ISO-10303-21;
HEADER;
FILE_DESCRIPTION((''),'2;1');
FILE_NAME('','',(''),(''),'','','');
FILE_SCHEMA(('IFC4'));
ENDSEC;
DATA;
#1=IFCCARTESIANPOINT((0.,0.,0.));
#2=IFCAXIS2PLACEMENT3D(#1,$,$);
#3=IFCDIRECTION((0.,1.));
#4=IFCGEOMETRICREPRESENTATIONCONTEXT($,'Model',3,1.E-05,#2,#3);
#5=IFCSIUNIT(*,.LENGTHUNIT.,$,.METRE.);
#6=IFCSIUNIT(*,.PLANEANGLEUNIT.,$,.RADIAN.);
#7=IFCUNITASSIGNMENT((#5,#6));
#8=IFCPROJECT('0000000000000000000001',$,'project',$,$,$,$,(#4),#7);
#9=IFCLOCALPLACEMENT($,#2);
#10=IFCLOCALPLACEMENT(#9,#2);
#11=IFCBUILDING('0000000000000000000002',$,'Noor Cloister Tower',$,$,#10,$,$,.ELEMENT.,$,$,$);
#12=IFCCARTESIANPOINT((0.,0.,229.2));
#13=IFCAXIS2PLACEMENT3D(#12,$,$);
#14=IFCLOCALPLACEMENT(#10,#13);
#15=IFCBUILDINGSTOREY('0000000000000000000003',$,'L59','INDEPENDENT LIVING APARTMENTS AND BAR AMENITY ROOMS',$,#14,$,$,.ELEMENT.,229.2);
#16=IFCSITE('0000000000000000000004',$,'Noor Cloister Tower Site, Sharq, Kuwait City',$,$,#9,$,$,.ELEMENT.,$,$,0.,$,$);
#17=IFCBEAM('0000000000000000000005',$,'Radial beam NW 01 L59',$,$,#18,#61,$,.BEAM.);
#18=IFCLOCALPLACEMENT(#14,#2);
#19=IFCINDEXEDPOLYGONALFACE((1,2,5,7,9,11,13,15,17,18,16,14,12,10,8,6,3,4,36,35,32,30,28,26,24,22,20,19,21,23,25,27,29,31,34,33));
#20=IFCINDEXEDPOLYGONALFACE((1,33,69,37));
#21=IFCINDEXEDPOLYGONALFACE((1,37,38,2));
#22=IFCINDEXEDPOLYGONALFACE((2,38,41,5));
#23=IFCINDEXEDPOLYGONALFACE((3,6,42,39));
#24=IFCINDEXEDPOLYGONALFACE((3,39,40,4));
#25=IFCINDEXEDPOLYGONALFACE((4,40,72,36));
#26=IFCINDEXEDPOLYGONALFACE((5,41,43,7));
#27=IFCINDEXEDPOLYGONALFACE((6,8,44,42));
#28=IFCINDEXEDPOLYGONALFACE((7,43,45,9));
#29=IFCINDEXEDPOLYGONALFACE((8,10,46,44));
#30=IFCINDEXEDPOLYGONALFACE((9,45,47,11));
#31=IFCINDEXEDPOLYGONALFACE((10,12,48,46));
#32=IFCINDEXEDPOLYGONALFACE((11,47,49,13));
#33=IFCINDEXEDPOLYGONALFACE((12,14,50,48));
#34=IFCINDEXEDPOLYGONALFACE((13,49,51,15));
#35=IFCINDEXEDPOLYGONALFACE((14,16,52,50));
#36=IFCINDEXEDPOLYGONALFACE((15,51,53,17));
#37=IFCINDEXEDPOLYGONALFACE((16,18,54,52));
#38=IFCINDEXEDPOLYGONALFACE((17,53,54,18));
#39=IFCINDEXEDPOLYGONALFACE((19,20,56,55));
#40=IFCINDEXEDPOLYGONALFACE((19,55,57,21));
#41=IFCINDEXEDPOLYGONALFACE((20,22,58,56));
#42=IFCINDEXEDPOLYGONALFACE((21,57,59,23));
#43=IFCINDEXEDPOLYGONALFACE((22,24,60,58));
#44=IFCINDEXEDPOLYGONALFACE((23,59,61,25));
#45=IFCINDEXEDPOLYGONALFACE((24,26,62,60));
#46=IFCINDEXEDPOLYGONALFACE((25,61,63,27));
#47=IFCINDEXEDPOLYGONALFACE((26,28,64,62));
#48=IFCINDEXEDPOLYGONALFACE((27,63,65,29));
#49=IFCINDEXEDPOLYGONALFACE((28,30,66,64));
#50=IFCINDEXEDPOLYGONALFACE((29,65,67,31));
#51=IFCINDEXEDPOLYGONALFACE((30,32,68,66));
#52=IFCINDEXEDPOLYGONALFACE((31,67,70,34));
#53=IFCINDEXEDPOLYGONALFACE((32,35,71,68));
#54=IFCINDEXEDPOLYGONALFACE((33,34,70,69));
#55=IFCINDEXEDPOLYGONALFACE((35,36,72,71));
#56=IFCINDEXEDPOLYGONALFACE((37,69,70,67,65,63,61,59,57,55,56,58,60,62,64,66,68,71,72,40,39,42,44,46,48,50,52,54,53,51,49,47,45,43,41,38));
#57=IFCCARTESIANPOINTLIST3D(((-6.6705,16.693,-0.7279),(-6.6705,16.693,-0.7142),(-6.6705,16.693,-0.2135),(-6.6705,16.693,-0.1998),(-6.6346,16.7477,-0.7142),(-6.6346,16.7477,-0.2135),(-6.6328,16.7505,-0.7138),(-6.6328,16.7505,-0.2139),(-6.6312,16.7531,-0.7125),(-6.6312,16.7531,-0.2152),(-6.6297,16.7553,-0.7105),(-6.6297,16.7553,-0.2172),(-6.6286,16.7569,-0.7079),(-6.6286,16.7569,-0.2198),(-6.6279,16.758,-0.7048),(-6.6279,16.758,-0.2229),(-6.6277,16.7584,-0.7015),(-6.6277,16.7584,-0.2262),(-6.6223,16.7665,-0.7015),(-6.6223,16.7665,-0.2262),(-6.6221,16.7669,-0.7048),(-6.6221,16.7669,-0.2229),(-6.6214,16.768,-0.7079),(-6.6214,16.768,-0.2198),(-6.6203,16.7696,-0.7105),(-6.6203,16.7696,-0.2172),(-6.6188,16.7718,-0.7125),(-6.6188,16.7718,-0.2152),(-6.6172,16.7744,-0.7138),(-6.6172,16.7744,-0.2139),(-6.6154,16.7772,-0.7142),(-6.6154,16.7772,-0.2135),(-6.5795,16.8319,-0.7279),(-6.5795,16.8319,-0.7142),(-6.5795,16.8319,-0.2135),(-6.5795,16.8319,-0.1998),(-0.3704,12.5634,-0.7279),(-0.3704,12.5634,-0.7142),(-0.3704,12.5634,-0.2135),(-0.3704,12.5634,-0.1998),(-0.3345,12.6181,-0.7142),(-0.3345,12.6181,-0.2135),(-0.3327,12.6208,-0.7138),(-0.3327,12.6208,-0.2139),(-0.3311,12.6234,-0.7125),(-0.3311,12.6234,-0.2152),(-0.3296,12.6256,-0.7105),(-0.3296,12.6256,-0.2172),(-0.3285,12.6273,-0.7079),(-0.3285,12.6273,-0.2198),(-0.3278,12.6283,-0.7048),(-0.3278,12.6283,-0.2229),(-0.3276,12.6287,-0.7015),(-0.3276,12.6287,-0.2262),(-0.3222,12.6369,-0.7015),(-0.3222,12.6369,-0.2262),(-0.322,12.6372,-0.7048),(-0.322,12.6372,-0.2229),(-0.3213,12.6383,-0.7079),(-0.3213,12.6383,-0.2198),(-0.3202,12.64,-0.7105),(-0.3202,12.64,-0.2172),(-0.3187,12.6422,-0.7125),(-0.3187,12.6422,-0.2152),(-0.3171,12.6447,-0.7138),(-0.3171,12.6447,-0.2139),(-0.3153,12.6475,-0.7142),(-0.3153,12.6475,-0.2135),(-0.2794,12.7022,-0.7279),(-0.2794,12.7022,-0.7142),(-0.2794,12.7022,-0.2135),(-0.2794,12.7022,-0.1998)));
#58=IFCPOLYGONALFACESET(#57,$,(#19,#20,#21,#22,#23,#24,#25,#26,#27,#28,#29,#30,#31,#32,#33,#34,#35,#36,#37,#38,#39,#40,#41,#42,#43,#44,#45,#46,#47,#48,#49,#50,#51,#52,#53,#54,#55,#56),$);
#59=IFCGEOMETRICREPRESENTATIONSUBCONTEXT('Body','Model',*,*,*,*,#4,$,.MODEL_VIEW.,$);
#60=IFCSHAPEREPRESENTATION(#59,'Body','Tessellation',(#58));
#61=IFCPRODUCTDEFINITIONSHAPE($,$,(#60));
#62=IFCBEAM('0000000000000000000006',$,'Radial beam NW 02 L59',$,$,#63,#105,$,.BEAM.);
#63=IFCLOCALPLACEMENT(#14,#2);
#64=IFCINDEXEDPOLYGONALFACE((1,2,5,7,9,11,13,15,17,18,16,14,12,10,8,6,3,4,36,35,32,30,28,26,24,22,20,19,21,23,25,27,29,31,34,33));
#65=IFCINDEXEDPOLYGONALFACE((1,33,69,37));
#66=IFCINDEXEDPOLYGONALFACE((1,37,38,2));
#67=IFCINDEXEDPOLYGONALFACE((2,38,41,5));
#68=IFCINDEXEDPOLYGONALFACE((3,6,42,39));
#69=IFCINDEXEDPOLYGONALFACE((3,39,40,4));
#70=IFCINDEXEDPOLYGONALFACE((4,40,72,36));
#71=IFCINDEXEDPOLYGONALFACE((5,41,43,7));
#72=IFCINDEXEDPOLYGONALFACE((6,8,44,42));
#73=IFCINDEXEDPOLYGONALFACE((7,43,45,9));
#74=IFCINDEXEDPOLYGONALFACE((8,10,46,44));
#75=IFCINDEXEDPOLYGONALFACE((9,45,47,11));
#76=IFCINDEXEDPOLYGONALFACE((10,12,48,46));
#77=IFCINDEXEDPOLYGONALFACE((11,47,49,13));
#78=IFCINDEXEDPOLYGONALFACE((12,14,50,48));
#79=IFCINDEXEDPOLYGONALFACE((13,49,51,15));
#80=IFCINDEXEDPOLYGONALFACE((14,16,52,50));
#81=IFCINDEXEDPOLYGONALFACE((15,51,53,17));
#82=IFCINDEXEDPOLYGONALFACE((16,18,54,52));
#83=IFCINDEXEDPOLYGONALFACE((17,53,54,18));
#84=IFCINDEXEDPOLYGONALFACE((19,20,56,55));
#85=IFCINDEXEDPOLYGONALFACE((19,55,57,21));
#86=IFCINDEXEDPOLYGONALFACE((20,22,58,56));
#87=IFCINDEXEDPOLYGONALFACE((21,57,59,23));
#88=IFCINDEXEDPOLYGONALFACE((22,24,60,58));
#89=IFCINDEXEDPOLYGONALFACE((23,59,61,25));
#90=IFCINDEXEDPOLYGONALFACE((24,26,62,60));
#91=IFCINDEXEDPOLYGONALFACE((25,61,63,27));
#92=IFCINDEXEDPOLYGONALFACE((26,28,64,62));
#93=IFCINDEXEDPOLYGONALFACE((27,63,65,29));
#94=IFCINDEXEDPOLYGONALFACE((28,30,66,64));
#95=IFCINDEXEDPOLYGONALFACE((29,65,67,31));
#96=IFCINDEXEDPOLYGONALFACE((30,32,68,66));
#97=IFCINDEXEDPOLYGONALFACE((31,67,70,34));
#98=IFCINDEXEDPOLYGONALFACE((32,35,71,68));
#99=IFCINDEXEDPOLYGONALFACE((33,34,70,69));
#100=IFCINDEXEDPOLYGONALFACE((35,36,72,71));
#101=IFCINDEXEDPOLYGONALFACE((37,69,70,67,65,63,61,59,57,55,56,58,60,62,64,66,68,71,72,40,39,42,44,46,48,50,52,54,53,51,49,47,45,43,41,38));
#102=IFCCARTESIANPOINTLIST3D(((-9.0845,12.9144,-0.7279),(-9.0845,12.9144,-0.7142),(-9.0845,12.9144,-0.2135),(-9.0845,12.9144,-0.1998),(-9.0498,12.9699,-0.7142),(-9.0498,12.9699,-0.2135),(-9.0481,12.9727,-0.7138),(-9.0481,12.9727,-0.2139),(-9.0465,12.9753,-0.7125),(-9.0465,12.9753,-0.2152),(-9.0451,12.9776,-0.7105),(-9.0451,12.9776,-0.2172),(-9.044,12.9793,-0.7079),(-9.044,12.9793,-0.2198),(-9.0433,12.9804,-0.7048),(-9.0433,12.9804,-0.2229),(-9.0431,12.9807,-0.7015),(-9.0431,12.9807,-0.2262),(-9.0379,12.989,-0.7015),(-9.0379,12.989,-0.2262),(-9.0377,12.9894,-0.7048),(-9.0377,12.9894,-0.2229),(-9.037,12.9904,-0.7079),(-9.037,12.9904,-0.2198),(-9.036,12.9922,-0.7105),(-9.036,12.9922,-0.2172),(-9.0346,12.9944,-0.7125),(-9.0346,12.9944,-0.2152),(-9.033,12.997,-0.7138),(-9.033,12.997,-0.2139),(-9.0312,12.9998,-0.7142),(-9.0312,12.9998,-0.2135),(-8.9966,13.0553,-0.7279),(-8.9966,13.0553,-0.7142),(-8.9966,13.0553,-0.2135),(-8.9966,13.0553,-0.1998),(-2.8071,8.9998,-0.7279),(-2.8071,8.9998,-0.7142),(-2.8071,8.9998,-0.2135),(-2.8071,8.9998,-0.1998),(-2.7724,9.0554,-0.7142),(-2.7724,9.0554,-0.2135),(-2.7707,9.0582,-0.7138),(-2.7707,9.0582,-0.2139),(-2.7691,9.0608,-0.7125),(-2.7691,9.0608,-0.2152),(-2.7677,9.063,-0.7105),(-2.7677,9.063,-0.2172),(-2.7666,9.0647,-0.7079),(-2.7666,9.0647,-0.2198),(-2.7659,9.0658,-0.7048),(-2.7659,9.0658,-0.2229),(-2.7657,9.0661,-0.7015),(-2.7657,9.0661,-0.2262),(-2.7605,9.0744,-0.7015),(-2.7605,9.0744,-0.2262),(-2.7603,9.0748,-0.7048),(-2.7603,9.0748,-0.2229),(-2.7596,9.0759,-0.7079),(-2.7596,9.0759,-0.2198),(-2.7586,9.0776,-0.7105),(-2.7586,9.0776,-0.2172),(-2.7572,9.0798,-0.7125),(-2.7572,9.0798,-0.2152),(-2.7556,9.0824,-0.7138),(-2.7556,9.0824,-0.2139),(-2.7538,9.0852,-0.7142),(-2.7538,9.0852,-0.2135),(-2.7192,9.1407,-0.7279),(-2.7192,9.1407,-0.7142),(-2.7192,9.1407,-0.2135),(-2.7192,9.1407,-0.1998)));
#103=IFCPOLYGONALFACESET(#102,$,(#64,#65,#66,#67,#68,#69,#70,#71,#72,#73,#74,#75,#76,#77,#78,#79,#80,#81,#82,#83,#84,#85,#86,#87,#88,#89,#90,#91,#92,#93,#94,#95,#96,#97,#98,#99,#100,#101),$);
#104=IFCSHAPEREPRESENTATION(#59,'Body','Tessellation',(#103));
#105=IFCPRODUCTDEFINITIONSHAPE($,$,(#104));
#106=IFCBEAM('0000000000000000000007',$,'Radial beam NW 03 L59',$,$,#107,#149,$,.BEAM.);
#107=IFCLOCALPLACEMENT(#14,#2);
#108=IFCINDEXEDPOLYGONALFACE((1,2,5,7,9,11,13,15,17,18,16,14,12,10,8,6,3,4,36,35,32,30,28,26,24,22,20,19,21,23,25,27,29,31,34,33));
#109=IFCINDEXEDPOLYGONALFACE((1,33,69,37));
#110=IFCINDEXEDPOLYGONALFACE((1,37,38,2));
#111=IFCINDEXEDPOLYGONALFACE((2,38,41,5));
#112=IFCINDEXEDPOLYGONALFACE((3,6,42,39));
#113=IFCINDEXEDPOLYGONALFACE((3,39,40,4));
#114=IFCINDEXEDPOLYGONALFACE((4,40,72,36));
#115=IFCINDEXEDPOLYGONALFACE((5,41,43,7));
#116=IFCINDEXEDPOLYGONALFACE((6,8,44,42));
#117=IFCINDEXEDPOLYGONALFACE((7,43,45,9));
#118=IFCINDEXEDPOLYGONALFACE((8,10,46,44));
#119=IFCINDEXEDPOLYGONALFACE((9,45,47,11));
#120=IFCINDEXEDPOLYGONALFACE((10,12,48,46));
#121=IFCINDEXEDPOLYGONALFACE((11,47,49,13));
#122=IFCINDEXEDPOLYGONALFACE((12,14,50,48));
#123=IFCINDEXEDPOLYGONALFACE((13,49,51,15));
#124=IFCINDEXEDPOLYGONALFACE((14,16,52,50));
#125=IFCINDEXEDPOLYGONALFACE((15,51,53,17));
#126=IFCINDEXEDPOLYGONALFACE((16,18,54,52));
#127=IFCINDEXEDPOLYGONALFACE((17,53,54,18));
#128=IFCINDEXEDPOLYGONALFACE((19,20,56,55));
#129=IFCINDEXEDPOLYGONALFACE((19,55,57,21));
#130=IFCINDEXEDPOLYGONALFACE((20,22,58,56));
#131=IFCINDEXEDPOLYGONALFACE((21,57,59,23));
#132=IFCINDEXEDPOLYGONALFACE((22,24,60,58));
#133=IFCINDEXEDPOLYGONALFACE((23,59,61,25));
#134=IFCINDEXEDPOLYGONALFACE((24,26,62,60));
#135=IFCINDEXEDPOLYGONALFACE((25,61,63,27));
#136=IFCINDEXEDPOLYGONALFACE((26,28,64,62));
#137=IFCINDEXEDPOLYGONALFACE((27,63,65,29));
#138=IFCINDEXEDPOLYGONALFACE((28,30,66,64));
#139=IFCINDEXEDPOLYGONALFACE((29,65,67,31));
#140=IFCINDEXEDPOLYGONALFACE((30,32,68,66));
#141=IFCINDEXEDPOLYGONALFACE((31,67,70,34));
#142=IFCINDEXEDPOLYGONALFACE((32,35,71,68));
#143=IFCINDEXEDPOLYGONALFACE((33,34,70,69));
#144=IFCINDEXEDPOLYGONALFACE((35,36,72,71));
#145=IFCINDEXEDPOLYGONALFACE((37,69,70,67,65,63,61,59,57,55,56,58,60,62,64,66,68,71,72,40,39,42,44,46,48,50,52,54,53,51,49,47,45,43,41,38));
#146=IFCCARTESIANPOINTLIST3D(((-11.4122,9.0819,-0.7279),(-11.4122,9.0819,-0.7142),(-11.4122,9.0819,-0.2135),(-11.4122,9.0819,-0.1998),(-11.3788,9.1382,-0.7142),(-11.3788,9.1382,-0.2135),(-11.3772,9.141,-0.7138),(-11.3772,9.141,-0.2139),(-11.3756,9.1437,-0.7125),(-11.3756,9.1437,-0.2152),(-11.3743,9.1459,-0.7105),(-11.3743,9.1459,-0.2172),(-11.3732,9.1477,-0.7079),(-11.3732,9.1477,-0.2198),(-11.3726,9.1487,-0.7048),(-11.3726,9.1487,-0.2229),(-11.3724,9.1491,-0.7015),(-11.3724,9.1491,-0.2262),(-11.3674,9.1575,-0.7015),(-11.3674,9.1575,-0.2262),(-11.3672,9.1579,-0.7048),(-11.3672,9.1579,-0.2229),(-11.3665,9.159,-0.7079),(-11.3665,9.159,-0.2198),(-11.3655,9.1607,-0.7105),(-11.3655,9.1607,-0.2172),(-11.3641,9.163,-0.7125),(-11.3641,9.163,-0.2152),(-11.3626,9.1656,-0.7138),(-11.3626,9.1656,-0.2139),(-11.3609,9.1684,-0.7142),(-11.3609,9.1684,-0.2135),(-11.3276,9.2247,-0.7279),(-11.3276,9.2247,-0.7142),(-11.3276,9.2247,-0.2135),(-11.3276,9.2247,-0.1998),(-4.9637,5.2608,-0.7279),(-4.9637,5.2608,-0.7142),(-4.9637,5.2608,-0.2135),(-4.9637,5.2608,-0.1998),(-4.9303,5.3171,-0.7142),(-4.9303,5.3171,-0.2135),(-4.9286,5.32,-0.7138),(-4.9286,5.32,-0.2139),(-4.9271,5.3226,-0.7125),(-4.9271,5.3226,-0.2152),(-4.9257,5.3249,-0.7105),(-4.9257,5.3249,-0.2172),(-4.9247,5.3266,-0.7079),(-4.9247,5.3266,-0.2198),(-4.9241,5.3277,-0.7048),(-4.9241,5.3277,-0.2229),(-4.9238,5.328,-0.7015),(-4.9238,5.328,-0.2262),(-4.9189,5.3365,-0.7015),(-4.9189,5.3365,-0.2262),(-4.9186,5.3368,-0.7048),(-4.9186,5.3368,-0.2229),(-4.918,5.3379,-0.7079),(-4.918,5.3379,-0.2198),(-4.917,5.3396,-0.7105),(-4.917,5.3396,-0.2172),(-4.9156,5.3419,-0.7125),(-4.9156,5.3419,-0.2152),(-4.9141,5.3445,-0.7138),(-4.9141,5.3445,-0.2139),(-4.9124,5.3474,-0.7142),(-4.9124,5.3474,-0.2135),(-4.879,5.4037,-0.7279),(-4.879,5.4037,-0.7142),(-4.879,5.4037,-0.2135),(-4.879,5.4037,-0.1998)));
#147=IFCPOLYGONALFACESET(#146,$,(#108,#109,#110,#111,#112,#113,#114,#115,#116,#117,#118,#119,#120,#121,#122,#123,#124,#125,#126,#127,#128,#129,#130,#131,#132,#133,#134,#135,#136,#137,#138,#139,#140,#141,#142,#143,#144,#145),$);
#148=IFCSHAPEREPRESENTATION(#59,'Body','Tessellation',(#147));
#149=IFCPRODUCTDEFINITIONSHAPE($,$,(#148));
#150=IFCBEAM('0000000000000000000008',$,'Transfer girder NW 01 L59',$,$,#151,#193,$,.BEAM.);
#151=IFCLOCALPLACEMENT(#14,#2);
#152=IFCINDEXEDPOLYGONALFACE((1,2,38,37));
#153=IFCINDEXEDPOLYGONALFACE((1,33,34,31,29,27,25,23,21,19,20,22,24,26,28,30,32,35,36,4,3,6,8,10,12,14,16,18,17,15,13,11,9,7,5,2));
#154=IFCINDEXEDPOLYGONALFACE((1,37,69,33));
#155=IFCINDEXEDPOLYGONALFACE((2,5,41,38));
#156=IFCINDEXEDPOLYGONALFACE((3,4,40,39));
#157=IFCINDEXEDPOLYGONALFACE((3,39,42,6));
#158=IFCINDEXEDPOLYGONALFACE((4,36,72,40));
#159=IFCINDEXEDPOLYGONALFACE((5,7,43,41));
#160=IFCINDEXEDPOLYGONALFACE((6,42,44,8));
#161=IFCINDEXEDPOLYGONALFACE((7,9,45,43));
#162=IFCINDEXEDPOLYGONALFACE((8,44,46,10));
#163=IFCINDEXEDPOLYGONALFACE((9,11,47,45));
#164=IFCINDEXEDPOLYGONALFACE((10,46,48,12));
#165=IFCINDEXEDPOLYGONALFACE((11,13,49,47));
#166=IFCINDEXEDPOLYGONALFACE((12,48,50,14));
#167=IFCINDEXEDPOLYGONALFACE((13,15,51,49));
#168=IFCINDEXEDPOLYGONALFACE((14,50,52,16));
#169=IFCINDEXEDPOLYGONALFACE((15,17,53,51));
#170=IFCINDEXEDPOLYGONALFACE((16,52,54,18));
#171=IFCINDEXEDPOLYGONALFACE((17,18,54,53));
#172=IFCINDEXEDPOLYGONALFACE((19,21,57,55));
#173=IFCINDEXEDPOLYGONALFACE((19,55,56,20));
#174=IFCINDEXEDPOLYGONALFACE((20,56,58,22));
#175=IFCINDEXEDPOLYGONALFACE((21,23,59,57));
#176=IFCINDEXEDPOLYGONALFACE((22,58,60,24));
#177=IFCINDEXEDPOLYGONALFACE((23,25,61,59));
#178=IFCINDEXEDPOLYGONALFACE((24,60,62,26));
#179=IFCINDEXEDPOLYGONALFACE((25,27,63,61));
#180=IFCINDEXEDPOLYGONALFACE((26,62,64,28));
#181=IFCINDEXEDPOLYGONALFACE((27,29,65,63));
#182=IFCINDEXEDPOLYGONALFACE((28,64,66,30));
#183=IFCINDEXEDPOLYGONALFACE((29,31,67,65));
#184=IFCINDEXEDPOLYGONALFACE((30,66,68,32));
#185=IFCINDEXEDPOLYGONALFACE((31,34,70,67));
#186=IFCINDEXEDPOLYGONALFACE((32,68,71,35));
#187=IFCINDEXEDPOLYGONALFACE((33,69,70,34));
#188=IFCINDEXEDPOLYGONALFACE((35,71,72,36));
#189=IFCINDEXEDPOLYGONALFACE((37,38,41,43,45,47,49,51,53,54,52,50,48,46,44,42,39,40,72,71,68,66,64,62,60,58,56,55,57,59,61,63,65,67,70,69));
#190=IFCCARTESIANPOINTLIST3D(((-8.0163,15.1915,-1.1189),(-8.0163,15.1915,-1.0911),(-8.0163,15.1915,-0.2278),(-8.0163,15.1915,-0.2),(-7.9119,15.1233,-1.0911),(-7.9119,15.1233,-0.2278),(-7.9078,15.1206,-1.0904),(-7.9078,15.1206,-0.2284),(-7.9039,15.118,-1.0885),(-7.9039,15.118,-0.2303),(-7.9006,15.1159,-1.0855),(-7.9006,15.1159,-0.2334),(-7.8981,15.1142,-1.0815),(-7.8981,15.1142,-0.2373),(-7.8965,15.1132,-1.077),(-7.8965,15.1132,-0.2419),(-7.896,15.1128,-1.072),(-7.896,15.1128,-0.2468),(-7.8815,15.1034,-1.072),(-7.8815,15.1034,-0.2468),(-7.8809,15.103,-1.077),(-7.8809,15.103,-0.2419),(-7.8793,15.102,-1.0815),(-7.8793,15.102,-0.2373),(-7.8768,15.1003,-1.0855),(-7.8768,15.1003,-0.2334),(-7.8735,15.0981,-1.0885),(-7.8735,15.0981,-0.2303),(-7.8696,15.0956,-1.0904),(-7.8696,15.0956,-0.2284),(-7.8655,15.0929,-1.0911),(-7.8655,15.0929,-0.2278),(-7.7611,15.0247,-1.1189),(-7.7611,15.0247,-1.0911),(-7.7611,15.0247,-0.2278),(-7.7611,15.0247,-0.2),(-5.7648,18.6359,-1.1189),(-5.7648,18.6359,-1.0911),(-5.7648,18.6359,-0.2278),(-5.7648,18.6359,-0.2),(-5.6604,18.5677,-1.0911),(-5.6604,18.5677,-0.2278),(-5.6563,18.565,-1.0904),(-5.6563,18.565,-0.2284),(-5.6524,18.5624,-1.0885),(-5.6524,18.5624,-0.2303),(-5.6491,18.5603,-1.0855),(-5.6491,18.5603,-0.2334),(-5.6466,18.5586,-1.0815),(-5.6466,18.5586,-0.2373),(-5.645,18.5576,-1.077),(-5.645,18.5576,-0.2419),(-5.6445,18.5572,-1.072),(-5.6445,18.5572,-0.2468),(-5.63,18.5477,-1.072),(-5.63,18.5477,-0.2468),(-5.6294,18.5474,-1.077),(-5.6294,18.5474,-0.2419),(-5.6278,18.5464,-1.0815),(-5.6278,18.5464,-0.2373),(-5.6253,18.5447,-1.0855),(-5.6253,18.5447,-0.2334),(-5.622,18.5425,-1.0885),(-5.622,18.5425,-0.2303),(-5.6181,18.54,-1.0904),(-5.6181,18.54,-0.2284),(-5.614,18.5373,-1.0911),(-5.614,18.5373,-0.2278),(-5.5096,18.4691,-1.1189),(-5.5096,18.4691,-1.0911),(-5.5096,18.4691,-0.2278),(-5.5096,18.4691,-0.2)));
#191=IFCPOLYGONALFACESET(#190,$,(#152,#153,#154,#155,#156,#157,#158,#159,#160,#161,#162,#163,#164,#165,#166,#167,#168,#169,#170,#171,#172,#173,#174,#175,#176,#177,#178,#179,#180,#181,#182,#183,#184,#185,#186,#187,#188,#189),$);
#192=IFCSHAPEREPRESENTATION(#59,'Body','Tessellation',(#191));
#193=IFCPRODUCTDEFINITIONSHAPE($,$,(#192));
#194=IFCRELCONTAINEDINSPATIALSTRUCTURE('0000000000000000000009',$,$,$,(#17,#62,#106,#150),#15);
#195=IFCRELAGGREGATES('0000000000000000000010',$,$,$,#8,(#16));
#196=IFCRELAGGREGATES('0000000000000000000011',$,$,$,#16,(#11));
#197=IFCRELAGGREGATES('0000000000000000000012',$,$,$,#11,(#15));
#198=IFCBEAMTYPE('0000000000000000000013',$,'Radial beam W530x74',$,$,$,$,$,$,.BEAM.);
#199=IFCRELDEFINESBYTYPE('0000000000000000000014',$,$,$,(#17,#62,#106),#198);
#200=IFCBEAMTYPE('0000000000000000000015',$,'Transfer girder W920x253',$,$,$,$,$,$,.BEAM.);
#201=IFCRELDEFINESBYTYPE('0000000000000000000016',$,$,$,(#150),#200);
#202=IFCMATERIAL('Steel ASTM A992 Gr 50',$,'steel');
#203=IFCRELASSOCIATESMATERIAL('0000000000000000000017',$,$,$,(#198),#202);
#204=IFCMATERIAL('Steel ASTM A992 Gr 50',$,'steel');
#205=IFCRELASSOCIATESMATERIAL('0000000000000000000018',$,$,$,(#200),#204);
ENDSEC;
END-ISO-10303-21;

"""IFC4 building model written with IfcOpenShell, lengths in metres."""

from ifc_helpers import new_model, si_unit, direction, frame, origin, origin_2d, place, context, subcontext, project, spatial, i_section, extrude, material, material_profile, profile_set, type_object, element, save


model = new_model("IFC4")

# Units and contexts
model_context = context("Model", 3, precision=1e-05, world=origin(), true_north=direction((0.0, 1.0)))
body_context = subcontext(model_context, "Body", "Model", "MODEL_VIEW")
ifc_project = project(units=[si_unit("LENGTHUNIT", "METRE"), si_unit("PLANEANGLEUNIT", "RADIAN")], contexts=[model_context])

# Site, building, storey
site_placement = place(None, origin())
site = spatial("IfcSite", under=ifc_project, at=site_placement, Name="Noor Cloister Tower Site, Sharq, Kuwait City", CompositionType="ELEMENT", RefElevation=0.0)
building_placement = place(site_placement, origin())
building = spatial("IfcBuilding", under=site, at=building_placement, Name="Noor Cloister Tower", CompositionType="ELEMENT")
storey_placement = place(building_placement, frame((0.0, 0.0, 229.2)))
storey = spatial("IfcBuildingStorey", under=building, at=storey_placement, Name="L59", Description="INDEPENDENT LIVING APARTMENTS AND BAR AMENITY ROOMS", CompositionType="ELEMENT", Elevation=229.2)

# Beams
ifc_material_1 = material(Name="Steel ASTM A992 Gr 50", Category="steel")
ifc_material_profile_1 = material_profile(ifc_material_1, i_section(OverallWidth=0.166, OverallDepth=0.5281, WebThickness=0.0098, FlangeThickness=0.0137, FilletRadius=0.0127, at=origin_2d()), Name="W530x74")
ifc_profile_set_1 = profile_set([ifc_material_profile_1], Name="Steel ASTM A992 Gr 50")
beam_type_1 = type_object("IfcBeamType", Name="Radial beam W530x74", PredefinedType="BEAM", material=ifc_profile_set_1)
beam_1_placement = place(storey_placement, frame((-6.625, 16.7625, -0.4639), z_axis=(0.836338, -0.548214, 0.0), x_axis=(0.548214, 0.836338, 0.0)))
element("IfcBeam", 1, at=beam_1_placement, inside=storey, type_object=beam_type_1, Name="Radial beam NW 01 L59", PredefinedType="BEAM", context=body_context, shape_type="SweptSolid", body=[
    extrude(i_section(OverallWidth=0.166, OverallDepth=0.5281, WebThickness=0.0098, FlangeThickness=0.0137, FilletRadius=0.0127, at=origin_2d()), origin(), (0.0, 0.0, 1.0), 7.533),
])
beam_2_placement = place(storey_placement, frame((-9.0405, 12.9849, -0.4639), z_axis=(0.848532, -0.529144, 0.0), x_axis=(0.529144, 0.848532, 0.0)))
element("IfcBeam", 2, at=beam_2_placement, inside=storey, type_object=beam_type_1, Name="Radial beam NW 02 L59", PredefinedType="BEAM", context=body_context, shape_type="SweptSolid", body=[
    extrude(i_section(OverallWidth=0.166, OverallDepth=0.5281, WebThickness=0.0098, FlangeThickness=0.0137, FilletRadius=0.0127, at=origin_2d()), origin(), (0.0, 0.0, 1.0), 7.3979),
])
beam_3_placement = place(storey_placement, frame((-11.3699, 9.1533, -0.4639), z_axis=(0.860308, -0.509775, 0.0), x_axis=(0.509775, 0.860308, 0.0)))
element("IfcBeam", 3, at=beam_3_placement, inside=storey, type_object=beam_type_1, Name="Radial beam NW 03 L59", PredefinedType="BEAM", context=body_context, shape_type="SweptSolid", body=[
    extrude(i_section(OverallWidth=0.166, OverallDepth=0.5281, WebThickness=0.0098, FlangeThickness=0.0137, FilletRadius=0.0127, at=origin_2d()), origin(), (0.0, 0.0, 1.0), 7.4956),
])
ifc_material_2 = material(Name="Steel ASTM A992 Gr 50", Category="steel")
ifc_material_profile_2 = material_profile(ifc_material_2, i_section(OverallWidth=0.3049, OverallDepth=0.9189, WebThickness=0.0173, FlangeThickness=0.0278, FilletRadius=0.019, at=origin_2d()), Name="W920x253")
ifc_profile_set_2 = profile_set([ifc_material_profile_2], Name="Steel ASTM A992 Gr 50")
beam_type_2 = type_object("IfcBeamType", Name="Transfer girder W920x253", PredefinedType="BEAM", material=ifc_profile_set_2)
beam_4_placement = place(storey_placement, frame((-5.6372, 18.5525, -0.6594), z_axis=(-0.547147, -0.837037, 0.0), x_axis=(0.837037, -0.547147, 0.0)))
element("IfcBeam", 4, at=beam_4_placement, inside=storey, type_object=beam_type_2, Name="Transfer girder NW 01 L59", PredefinedType="BEAM", context=body_context, shape_type="SweptSolid", body=[
    extrude(i_section(OverallWidth=0.3049, OverallDepth=0.9189, WebThickness=0.0173, FlangeThickness=0.0278, FilletRadius=0.019, at=origin_2d()), origin(), (0.0, 0.0, 1.0), 4.115),
])

save(model, "model.ifc")
